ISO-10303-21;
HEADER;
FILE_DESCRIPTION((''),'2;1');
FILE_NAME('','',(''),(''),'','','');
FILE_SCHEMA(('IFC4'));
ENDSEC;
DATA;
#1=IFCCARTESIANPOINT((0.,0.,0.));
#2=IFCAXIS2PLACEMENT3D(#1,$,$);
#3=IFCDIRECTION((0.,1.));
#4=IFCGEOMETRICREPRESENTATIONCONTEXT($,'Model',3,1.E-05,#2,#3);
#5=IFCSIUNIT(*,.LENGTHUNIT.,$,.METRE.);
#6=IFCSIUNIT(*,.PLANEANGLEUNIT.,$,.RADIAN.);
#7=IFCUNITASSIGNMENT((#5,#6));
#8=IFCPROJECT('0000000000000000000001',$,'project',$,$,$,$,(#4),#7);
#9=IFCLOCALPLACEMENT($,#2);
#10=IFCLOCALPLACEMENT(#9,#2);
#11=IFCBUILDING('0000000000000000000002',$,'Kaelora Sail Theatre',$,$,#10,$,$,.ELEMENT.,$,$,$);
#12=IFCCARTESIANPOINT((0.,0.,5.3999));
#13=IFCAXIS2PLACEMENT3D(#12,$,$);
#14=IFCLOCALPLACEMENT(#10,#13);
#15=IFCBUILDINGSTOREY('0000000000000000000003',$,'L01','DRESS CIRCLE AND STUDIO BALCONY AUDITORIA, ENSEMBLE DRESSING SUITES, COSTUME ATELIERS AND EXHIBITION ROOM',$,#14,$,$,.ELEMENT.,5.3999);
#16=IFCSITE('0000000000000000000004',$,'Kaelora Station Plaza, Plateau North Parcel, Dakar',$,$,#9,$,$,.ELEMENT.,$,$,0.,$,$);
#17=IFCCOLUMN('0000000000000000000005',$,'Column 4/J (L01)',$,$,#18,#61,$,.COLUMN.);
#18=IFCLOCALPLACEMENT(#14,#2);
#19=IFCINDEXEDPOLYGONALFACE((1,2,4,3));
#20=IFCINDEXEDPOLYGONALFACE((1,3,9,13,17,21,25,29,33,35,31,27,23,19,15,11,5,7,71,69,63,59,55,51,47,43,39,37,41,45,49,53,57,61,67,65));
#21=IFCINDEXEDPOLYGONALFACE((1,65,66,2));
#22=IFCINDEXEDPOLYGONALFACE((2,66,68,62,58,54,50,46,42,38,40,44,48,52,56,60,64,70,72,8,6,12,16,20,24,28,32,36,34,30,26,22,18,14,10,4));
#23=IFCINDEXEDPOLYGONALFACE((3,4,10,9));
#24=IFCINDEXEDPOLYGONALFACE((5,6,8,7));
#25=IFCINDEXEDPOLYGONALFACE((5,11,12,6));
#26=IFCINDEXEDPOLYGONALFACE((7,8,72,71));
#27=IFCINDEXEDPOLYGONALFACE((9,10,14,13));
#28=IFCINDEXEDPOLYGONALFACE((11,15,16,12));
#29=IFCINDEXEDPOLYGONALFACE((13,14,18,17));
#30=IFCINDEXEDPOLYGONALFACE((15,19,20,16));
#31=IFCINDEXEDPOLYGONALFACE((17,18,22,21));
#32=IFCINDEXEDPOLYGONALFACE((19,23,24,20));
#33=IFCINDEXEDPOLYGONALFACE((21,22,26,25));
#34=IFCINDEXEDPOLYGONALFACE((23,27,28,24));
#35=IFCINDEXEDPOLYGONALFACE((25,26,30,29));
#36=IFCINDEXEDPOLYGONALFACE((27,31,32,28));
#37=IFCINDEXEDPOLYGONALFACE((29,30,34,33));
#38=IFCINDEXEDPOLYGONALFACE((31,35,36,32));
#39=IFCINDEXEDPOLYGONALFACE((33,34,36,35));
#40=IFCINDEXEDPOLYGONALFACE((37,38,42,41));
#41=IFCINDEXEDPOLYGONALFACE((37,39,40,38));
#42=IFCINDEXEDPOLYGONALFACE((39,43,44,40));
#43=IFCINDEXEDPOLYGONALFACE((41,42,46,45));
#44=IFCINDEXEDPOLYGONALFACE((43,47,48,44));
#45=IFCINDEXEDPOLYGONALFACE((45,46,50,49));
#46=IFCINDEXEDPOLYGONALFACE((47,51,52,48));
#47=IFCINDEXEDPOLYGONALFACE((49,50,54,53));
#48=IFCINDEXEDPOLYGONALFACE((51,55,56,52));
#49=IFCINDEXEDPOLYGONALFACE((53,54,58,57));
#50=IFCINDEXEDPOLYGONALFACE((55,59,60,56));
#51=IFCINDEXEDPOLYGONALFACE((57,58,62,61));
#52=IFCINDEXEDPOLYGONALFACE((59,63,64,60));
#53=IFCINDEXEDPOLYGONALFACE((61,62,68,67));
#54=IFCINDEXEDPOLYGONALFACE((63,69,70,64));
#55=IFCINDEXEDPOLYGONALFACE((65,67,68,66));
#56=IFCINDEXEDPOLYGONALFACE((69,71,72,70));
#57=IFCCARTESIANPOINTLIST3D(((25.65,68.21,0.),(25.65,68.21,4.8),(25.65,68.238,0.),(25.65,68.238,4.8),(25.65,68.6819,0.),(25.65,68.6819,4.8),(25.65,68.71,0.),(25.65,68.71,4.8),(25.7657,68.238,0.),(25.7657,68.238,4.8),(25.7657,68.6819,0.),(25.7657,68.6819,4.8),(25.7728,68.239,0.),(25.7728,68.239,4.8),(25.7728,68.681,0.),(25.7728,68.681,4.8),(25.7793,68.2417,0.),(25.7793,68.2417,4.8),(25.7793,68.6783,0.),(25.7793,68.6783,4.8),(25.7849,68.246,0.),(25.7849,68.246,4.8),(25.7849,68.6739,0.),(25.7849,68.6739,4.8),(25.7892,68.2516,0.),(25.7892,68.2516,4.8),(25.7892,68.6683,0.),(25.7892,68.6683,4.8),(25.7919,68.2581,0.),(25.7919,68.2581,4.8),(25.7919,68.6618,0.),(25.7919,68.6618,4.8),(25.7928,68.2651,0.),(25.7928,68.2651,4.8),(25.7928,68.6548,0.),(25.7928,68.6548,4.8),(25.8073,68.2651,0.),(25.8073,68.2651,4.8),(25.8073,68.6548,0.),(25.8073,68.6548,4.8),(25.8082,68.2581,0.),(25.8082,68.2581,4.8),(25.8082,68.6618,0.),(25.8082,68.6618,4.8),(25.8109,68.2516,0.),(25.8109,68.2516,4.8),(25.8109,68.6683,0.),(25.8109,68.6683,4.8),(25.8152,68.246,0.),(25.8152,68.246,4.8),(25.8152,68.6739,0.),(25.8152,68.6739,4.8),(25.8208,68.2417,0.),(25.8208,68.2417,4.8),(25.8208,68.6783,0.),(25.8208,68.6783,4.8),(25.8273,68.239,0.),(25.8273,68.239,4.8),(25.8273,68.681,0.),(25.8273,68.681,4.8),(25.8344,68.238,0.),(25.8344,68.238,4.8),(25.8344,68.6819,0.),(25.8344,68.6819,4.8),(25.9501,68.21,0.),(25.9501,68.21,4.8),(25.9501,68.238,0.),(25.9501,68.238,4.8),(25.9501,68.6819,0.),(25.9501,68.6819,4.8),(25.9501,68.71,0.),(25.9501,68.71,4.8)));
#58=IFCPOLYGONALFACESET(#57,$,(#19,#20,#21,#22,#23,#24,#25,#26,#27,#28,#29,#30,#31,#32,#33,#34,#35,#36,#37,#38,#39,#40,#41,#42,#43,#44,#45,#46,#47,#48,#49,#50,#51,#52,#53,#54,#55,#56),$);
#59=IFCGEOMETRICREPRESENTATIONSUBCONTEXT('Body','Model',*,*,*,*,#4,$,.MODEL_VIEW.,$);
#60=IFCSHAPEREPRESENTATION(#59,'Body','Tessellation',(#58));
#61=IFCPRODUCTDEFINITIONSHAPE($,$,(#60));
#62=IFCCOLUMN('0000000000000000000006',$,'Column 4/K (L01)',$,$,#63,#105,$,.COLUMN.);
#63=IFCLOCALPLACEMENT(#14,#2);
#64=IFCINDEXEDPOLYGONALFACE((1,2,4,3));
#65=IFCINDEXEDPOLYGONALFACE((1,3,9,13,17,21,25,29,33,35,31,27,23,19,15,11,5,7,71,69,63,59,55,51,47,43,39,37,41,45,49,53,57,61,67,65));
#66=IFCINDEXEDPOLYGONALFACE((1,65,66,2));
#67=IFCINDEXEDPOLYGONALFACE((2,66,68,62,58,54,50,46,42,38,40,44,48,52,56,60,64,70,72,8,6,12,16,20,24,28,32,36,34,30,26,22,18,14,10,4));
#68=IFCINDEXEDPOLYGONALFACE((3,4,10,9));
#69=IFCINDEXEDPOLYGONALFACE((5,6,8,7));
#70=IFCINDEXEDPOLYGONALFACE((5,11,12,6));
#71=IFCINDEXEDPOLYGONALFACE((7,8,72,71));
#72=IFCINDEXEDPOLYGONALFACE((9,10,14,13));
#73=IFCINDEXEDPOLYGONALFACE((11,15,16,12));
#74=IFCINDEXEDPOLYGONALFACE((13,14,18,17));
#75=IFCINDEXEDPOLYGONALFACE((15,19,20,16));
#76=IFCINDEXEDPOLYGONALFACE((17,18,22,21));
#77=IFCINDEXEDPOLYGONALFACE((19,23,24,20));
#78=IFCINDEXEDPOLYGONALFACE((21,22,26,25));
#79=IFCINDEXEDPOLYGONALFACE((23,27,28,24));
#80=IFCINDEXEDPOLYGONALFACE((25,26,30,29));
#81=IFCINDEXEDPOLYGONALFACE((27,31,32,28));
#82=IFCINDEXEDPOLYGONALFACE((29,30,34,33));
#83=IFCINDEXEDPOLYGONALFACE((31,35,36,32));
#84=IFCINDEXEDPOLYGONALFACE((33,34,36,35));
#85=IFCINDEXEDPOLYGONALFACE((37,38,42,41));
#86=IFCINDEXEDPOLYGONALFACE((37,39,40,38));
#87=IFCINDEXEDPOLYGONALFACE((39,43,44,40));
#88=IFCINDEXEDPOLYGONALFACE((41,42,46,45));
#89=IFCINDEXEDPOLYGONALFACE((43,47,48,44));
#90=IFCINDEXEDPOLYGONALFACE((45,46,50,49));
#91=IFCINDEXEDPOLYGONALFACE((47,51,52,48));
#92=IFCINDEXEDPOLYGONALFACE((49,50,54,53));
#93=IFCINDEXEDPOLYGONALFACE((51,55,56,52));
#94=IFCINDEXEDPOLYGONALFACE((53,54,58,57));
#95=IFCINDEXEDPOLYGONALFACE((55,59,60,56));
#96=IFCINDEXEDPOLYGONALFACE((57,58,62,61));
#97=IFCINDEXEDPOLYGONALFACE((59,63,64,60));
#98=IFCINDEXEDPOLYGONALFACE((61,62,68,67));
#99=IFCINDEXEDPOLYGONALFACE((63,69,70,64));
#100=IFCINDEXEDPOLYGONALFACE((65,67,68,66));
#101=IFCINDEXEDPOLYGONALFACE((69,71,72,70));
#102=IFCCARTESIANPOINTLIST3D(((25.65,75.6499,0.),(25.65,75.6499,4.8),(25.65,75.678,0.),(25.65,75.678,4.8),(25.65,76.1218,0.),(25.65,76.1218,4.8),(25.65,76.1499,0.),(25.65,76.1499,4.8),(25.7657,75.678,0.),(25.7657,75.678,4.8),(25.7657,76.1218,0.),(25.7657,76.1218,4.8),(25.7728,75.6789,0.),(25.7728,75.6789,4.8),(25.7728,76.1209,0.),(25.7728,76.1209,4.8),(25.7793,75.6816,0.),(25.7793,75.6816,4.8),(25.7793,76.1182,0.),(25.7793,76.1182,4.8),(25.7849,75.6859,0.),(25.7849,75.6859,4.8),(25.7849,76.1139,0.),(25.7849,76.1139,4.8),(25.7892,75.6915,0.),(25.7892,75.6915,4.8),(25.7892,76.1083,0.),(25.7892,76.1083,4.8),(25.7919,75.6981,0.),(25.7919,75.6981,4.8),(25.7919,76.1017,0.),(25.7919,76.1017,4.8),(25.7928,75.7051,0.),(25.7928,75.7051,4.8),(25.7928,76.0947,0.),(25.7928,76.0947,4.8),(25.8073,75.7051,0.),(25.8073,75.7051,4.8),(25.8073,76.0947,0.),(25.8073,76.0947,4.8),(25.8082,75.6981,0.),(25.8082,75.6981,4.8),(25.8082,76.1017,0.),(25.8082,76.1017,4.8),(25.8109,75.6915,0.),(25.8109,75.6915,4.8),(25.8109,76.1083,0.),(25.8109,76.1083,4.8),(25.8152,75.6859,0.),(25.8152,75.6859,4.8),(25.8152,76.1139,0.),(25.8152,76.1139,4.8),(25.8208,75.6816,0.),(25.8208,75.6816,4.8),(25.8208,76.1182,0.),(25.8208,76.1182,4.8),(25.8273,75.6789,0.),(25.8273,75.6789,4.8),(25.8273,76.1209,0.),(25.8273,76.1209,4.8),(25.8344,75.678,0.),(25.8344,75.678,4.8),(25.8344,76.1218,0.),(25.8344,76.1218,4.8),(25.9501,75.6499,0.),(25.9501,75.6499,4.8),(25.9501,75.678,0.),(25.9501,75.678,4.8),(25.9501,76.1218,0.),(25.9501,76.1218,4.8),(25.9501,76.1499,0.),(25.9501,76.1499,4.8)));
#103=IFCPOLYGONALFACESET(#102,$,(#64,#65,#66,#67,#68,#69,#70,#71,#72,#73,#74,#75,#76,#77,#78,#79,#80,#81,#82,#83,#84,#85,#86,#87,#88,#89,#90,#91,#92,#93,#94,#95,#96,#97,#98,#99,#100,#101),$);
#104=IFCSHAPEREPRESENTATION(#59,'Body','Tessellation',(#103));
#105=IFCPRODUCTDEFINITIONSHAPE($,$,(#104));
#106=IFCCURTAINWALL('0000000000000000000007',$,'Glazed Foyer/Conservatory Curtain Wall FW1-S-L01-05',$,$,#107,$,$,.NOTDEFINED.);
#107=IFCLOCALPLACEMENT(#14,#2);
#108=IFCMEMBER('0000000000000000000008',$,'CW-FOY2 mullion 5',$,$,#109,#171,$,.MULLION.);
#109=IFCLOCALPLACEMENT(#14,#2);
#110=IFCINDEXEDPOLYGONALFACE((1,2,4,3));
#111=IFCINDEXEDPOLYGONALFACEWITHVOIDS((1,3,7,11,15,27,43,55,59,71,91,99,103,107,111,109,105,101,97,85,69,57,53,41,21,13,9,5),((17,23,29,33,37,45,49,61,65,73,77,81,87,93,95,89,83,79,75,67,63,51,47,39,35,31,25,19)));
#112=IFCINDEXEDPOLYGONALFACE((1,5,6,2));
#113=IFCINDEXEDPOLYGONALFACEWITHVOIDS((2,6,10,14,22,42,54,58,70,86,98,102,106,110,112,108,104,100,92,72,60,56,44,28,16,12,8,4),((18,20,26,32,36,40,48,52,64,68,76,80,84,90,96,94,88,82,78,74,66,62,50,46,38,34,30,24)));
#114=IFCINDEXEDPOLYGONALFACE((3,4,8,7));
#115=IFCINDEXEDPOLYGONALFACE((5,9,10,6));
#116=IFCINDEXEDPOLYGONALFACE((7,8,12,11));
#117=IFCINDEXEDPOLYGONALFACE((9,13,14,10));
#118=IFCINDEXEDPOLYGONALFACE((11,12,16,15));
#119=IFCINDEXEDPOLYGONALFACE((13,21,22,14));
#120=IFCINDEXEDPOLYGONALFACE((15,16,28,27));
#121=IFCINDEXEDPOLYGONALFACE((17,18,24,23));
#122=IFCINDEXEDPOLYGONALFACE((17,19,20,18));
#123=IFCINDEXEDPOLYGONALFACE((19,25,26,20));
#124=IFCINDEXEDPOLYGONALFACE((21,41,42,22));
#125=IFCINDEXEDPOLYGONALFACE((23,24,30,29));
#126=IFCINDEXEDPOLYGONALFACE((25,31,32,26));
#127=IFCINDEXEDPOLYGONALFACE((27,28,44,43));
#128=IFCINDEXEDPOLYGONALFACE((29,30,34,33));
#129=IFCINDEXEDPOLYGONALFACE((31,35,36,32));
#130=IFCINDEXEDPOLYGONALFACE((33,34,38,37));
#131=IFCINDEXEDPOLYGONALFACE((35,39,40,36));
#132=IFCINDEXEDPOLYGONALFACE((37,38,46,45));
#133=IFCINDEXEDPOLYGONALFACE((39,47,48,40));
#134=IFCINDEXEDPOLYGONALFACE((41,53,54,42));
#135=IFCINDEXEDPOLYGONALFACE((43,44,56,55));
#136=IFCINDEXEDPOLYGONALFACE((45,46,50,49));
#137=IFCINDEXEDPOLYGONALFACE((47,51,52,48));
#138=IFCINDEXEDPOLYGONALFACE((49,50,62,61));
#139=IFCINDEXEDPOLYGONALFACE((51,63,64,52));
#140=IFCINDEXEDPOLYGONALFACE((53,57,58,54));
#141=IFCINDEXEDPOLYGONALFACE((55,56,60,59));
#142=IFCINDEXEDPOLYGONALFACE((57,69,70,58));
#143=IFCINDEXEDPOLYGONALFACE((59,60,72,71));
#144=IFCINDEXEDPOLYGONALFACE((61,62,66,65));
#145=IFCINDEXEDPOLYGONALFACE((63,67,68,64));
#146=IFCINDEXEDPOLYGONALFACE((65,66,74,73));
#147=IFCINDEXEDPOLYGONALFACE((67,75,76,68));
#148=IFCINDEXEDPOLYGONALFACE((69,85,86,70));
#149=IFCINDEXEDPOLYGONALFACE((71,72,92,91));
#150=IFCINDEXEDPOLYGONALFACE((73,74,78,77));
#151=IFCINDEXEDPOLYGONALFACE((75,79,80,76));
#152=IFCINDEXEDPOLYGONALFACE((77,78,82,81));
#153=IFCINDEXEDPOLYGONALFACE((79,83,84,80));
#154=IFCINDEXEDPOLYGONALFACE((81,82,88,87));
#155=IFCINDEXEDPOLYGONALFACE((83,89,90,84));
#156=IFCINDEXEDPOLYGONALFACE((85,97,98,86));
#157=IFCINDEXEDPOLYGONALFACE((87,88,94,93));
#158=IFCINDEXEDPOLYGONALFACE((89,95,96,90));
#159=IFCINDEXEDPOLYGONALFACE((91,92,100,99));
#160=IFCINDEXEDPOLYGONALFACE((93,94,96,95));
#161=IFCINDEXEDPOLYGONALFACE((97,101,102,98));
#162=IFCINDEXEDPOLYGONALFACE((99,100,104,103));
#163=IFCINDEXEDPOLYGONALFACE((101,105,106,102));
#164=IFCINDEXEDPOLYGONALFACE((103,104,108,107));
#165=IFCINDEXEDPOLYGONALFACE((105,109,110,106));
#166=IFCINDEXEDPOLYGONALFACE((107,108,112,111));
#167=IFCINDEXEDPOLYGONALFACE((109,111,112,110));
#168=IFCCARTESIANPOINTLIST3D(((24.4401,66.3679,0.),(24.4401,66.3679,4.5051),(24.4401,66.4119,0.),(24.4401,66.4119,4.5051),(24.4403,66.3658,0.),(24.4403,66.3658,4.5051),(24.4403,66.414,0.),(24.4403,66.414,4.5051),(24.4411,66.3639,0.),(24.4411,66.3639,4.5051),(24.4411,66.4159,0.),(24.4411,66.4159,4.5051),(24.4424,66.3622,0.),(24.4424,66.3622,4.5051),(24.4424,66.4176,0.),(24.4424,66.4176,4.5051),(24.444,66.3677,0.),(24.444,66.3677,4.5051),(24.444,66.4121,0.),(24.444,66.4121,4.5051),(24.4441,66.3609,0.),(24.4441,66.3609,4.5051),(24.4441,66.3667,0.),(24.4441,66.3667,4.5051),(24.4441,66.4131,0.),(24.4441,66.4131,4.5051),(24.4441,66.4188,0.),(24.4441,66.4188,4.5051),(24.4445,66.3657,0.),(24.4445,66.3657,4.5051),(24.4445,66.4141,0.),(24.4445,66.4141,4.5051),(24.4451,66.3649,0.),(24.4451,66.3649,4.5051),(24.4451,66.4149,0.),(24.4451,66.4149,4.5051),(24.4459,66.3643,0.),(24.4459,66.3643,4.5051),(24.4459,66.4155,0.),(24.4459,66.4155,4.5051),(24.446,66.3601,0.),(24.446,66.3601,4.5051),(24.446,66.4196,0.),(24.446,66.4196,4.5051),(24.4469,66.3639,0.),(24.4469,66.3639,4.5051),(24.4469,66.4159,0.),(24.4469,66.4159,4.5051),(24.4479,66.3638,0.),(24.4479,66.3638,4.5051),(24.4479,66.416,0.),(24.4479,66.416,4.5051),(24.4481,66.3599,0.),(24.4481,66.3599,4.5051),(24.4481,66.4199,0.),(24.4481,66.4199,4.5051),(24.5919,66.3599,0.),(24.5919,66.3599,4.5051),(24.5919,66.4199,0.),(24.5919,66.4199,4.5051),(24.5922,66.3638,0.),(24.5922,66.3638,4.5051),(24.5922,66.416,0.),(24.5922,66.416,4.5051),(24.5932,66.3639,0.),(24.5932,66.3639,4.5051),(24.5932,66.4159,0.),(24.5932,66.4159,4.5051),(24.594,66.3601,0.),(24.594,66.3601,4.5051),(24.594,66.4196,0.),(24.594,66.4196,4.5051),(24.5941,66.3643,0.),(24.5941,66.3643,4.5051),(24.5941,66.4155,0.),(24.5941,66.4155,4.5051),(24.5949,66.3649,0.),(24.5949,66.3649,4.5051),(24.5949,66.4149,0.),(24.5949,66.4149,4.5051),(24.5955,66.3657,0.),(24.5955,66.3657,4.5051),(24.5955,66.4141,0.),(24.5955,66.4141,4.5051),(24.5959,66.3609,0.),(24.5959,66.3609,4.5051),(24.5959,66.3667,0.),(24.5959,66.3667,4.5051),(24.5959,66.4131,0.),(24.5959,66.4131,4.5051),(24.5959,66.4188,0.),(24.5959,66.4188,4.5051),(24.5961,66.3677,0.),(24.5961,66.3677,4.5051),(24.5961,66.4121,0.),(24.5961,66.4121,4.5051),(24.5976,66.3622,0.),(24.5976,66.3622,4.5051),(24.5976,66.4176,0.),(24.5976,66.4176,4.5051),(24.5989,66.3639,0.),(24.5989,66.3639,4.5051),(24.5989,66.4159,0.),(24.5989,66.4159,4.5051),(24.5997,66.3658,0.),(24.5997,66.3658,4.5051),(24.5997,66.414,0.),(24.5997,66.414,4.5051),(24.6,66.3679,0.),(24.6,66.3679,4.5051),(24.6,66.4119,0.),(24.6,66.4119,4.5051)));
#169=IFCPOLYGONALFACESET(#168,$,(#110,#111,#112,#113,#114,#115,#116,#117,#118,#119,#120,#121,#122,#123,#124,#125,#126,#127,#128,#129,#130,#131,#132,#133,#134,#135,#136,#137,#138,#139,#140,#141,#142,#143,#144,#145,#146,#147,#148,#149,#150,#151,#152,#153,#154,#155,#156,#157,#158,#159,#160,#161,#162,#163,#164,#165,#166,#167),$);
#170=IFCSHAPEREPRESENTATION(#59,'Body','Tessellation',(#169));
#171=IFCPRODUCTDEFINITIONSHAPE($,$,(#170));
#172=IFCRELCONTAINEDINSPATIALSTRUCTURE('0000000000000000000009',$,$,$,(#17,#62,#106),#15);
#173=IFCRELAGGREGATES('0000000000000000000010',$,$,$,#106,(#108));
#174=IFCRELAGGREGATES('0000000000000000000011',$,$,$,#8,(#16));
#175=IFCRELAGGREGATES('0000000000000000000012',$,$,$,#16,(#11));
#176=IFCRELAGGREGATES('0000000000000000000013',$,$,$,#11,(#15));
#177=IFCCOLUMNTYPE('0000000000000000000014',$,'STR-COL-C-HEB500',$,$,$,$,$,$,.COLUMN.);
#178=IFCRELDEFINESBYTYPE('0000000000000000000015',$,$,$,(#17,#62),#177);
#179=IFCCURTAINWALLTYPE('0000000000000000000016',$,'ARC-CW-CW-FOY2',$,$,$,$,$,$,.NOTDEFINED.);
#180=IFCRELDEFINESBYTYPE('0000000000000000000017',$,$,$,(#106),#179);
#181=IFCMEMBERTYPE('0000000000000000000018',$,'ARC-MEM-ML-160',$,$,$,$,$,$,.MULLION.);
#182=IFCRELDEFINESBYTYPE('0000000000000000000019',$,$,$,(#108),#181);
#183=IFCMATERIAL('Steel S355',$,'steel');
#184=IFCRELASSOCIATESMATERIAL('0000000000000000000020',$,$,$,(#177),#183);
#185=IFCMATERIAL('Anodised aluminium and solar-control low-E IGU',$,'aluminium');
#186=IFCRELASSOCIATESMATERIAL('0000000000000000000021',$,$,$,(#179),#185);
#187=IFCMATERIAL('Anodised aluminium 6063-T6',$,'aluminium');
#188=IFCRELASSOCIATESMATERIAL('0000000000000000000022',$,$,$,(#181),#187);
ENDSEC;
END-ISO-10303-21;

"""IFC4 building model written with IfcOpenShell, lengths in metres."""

from ifc_helpers import new_model, si_unit, direction, frame, origin, origin_2d, place, context, subcontext, project, spatial, hollow_rectangle, i_section, extrude, material, material_profile, profile_set, type_object, element, aggregate, save


model = new_model("IFC4")

# Units and contexts
model_context = context("Model", 3, precision=1e-05, world=origin(), true_north=direction((0.0, 1.0)))
body_context = subcontext(model_context, "Body", "Model", "MODEL_VIEW")
ifc_project = project(units=[si_unit("LENGTHUNIT", "METRE"), si_unit("PLANEANGLEUNIT", "RADIAN")], contexts=[model_context])

# Site, building, storey
site_placement = place(None, origin())
site = spatial("IfcSite", under=ifc_project, at=site_placement, Name="Kaelora Station Plaza, Plateau North Parcel, Dakar", CompositionType="ELEMENT", RefElevation=0.0)
building_placement = place(site_placement, origin())
building = spatial("IfcBuilding", under=site, at=building_placement, Name="Kaelora Sail Theatre", CompositionType="ELEMENT")
storey_placement = place(building_placement, frame((0.0, 0.0, 5.3999)))
storey = spatial("IfcBuildingStorey", under=building, at=storey_placement, Name="L01", Description="DRESS CIRCLE AND STUDIO BALCONY AUDITORIA, ENSEMBLE DRESSING SUITES, COSTUME ATELIERS AND EXHIBITION ROOM", CompositionType="ELEMENT", Elevation=5.3999)

# Columns
ifc_material_1 = material(Name="Steel S355", Category="steel")
ifc_material_profile_1 = material_profile(ifc_material_1, i_section(OverallWidth=0.3, OverallDepth=0.5, WebThickness=0.0144, FlangeThickness=0.0281, FilletRadius=0.0271, at=origin_2d()), Name="HEB 500")
ifc_profile_set_1 = profile_set([ifc_material_profile_1], Name="Steel S355")
column_type = type_object("IfcColumnType", Name="STR-COL-C-HEB500", PredefinedType="COLUMN", material=ifc_profile_set_1)
for number, where, z_axis, x_axis, name in (
    (1, (25.8, 68.46, 0.0), (0.0, 0.0, 1.0), (1.0, 0.0, 0.0), "Column 4/J (L01)"),
    (2, (25.8, 75.8999, 0.0), (0.0, 0.0, 1.0), (1.0, 0.0, 0.0), "Column 4/K (L01)"),
):
    element("IfcColumn", number, at=place(storey_placement, frame(where, z_axis=z_axis, x_axis=x_axis)), inside=storey, type_object=column_type, Name=name, PredefinedType="COLUMN", context=body_context, shape_type="SweptSolid", body=[
        extrude(i_section(OverallWidth=0.3, OverallDepth=0.5, WebThickness=0.0144, FlangeThickness=0.0281, FilletRadius=0.0271, at=origin_2d()), origin(), (0.0, 0.0, 1.0), 4.8),
    ])

# Curtain wall, member
ifc_material_2 = material(Name="Anodised aluminium and solar-control low-E IGU", Category="aluminium")
curtain_wall_type = type_object("IfcCurtainWallType", Name="ARC-CW-CW-FOY2", PredefinedType="NOTDEFINED", material=ifc_material_2)
curtain_wall_placement = place(storey_placement, origin())
curtain_wall = element("IfcCurtainWall", 3, at=curtain_wall_placement, inside=storey, type_object=curtain_wall_type, Name="Glazed Foyer/Conservatory Curtain Wall FW1-S-L01-05", PredefinedType="NOTDEFINED")
ifc_material_3 = material(Name="Anodised aluminium 6063-T6", Category="aluminium")
ifc_material_profile_2 = material_profile(ifc_material_3, hollow_rectangle(XDim=0.0601, YDim=0.1599, WallThickness=0.0039, InnerFilletRadius=0.0039, OuterFilletRadius=0.0081, at=origin_2d()), Name="ALU-MULL 60x160x4")
ifc_profile_set_2 = profile_set([ifc_material_profile_2], Name="Anodised aluminium 6063-T6")
member_type_1 = type_object("IfcMemberType", Name="ARC-MEM-ML-160", PredefinedType="MULLION", material=ifc_profile_set_2)
member_1_placement = place(storey_placement, frame((24.52, 66.3899, 0.0), z_axis=(0.0, 0.0, 1.0), x_axis=(0.0, 1.0, 0.0)))
member_1 = element("IfcMember", 4, at=member_1_placement, type_object=member_type_1, Name="CW-FOY2 mullion 5", PredefinedType="MULLION", context=body_context, shape_type="SweptSolid", body=[
    extrude(hollow_rectangle(XDim=0.0601, YDim=0.1599, WallThickness=0.0039, InnerFilletRadius=0.0039, OuterFilletRadius=0.0081, at=origin_2d()), origin(), (0.0, 0.0, 1.0), 4.5051),
])

aggregate(curtain_wall, [member_1])

save(model, "model.ifc")
